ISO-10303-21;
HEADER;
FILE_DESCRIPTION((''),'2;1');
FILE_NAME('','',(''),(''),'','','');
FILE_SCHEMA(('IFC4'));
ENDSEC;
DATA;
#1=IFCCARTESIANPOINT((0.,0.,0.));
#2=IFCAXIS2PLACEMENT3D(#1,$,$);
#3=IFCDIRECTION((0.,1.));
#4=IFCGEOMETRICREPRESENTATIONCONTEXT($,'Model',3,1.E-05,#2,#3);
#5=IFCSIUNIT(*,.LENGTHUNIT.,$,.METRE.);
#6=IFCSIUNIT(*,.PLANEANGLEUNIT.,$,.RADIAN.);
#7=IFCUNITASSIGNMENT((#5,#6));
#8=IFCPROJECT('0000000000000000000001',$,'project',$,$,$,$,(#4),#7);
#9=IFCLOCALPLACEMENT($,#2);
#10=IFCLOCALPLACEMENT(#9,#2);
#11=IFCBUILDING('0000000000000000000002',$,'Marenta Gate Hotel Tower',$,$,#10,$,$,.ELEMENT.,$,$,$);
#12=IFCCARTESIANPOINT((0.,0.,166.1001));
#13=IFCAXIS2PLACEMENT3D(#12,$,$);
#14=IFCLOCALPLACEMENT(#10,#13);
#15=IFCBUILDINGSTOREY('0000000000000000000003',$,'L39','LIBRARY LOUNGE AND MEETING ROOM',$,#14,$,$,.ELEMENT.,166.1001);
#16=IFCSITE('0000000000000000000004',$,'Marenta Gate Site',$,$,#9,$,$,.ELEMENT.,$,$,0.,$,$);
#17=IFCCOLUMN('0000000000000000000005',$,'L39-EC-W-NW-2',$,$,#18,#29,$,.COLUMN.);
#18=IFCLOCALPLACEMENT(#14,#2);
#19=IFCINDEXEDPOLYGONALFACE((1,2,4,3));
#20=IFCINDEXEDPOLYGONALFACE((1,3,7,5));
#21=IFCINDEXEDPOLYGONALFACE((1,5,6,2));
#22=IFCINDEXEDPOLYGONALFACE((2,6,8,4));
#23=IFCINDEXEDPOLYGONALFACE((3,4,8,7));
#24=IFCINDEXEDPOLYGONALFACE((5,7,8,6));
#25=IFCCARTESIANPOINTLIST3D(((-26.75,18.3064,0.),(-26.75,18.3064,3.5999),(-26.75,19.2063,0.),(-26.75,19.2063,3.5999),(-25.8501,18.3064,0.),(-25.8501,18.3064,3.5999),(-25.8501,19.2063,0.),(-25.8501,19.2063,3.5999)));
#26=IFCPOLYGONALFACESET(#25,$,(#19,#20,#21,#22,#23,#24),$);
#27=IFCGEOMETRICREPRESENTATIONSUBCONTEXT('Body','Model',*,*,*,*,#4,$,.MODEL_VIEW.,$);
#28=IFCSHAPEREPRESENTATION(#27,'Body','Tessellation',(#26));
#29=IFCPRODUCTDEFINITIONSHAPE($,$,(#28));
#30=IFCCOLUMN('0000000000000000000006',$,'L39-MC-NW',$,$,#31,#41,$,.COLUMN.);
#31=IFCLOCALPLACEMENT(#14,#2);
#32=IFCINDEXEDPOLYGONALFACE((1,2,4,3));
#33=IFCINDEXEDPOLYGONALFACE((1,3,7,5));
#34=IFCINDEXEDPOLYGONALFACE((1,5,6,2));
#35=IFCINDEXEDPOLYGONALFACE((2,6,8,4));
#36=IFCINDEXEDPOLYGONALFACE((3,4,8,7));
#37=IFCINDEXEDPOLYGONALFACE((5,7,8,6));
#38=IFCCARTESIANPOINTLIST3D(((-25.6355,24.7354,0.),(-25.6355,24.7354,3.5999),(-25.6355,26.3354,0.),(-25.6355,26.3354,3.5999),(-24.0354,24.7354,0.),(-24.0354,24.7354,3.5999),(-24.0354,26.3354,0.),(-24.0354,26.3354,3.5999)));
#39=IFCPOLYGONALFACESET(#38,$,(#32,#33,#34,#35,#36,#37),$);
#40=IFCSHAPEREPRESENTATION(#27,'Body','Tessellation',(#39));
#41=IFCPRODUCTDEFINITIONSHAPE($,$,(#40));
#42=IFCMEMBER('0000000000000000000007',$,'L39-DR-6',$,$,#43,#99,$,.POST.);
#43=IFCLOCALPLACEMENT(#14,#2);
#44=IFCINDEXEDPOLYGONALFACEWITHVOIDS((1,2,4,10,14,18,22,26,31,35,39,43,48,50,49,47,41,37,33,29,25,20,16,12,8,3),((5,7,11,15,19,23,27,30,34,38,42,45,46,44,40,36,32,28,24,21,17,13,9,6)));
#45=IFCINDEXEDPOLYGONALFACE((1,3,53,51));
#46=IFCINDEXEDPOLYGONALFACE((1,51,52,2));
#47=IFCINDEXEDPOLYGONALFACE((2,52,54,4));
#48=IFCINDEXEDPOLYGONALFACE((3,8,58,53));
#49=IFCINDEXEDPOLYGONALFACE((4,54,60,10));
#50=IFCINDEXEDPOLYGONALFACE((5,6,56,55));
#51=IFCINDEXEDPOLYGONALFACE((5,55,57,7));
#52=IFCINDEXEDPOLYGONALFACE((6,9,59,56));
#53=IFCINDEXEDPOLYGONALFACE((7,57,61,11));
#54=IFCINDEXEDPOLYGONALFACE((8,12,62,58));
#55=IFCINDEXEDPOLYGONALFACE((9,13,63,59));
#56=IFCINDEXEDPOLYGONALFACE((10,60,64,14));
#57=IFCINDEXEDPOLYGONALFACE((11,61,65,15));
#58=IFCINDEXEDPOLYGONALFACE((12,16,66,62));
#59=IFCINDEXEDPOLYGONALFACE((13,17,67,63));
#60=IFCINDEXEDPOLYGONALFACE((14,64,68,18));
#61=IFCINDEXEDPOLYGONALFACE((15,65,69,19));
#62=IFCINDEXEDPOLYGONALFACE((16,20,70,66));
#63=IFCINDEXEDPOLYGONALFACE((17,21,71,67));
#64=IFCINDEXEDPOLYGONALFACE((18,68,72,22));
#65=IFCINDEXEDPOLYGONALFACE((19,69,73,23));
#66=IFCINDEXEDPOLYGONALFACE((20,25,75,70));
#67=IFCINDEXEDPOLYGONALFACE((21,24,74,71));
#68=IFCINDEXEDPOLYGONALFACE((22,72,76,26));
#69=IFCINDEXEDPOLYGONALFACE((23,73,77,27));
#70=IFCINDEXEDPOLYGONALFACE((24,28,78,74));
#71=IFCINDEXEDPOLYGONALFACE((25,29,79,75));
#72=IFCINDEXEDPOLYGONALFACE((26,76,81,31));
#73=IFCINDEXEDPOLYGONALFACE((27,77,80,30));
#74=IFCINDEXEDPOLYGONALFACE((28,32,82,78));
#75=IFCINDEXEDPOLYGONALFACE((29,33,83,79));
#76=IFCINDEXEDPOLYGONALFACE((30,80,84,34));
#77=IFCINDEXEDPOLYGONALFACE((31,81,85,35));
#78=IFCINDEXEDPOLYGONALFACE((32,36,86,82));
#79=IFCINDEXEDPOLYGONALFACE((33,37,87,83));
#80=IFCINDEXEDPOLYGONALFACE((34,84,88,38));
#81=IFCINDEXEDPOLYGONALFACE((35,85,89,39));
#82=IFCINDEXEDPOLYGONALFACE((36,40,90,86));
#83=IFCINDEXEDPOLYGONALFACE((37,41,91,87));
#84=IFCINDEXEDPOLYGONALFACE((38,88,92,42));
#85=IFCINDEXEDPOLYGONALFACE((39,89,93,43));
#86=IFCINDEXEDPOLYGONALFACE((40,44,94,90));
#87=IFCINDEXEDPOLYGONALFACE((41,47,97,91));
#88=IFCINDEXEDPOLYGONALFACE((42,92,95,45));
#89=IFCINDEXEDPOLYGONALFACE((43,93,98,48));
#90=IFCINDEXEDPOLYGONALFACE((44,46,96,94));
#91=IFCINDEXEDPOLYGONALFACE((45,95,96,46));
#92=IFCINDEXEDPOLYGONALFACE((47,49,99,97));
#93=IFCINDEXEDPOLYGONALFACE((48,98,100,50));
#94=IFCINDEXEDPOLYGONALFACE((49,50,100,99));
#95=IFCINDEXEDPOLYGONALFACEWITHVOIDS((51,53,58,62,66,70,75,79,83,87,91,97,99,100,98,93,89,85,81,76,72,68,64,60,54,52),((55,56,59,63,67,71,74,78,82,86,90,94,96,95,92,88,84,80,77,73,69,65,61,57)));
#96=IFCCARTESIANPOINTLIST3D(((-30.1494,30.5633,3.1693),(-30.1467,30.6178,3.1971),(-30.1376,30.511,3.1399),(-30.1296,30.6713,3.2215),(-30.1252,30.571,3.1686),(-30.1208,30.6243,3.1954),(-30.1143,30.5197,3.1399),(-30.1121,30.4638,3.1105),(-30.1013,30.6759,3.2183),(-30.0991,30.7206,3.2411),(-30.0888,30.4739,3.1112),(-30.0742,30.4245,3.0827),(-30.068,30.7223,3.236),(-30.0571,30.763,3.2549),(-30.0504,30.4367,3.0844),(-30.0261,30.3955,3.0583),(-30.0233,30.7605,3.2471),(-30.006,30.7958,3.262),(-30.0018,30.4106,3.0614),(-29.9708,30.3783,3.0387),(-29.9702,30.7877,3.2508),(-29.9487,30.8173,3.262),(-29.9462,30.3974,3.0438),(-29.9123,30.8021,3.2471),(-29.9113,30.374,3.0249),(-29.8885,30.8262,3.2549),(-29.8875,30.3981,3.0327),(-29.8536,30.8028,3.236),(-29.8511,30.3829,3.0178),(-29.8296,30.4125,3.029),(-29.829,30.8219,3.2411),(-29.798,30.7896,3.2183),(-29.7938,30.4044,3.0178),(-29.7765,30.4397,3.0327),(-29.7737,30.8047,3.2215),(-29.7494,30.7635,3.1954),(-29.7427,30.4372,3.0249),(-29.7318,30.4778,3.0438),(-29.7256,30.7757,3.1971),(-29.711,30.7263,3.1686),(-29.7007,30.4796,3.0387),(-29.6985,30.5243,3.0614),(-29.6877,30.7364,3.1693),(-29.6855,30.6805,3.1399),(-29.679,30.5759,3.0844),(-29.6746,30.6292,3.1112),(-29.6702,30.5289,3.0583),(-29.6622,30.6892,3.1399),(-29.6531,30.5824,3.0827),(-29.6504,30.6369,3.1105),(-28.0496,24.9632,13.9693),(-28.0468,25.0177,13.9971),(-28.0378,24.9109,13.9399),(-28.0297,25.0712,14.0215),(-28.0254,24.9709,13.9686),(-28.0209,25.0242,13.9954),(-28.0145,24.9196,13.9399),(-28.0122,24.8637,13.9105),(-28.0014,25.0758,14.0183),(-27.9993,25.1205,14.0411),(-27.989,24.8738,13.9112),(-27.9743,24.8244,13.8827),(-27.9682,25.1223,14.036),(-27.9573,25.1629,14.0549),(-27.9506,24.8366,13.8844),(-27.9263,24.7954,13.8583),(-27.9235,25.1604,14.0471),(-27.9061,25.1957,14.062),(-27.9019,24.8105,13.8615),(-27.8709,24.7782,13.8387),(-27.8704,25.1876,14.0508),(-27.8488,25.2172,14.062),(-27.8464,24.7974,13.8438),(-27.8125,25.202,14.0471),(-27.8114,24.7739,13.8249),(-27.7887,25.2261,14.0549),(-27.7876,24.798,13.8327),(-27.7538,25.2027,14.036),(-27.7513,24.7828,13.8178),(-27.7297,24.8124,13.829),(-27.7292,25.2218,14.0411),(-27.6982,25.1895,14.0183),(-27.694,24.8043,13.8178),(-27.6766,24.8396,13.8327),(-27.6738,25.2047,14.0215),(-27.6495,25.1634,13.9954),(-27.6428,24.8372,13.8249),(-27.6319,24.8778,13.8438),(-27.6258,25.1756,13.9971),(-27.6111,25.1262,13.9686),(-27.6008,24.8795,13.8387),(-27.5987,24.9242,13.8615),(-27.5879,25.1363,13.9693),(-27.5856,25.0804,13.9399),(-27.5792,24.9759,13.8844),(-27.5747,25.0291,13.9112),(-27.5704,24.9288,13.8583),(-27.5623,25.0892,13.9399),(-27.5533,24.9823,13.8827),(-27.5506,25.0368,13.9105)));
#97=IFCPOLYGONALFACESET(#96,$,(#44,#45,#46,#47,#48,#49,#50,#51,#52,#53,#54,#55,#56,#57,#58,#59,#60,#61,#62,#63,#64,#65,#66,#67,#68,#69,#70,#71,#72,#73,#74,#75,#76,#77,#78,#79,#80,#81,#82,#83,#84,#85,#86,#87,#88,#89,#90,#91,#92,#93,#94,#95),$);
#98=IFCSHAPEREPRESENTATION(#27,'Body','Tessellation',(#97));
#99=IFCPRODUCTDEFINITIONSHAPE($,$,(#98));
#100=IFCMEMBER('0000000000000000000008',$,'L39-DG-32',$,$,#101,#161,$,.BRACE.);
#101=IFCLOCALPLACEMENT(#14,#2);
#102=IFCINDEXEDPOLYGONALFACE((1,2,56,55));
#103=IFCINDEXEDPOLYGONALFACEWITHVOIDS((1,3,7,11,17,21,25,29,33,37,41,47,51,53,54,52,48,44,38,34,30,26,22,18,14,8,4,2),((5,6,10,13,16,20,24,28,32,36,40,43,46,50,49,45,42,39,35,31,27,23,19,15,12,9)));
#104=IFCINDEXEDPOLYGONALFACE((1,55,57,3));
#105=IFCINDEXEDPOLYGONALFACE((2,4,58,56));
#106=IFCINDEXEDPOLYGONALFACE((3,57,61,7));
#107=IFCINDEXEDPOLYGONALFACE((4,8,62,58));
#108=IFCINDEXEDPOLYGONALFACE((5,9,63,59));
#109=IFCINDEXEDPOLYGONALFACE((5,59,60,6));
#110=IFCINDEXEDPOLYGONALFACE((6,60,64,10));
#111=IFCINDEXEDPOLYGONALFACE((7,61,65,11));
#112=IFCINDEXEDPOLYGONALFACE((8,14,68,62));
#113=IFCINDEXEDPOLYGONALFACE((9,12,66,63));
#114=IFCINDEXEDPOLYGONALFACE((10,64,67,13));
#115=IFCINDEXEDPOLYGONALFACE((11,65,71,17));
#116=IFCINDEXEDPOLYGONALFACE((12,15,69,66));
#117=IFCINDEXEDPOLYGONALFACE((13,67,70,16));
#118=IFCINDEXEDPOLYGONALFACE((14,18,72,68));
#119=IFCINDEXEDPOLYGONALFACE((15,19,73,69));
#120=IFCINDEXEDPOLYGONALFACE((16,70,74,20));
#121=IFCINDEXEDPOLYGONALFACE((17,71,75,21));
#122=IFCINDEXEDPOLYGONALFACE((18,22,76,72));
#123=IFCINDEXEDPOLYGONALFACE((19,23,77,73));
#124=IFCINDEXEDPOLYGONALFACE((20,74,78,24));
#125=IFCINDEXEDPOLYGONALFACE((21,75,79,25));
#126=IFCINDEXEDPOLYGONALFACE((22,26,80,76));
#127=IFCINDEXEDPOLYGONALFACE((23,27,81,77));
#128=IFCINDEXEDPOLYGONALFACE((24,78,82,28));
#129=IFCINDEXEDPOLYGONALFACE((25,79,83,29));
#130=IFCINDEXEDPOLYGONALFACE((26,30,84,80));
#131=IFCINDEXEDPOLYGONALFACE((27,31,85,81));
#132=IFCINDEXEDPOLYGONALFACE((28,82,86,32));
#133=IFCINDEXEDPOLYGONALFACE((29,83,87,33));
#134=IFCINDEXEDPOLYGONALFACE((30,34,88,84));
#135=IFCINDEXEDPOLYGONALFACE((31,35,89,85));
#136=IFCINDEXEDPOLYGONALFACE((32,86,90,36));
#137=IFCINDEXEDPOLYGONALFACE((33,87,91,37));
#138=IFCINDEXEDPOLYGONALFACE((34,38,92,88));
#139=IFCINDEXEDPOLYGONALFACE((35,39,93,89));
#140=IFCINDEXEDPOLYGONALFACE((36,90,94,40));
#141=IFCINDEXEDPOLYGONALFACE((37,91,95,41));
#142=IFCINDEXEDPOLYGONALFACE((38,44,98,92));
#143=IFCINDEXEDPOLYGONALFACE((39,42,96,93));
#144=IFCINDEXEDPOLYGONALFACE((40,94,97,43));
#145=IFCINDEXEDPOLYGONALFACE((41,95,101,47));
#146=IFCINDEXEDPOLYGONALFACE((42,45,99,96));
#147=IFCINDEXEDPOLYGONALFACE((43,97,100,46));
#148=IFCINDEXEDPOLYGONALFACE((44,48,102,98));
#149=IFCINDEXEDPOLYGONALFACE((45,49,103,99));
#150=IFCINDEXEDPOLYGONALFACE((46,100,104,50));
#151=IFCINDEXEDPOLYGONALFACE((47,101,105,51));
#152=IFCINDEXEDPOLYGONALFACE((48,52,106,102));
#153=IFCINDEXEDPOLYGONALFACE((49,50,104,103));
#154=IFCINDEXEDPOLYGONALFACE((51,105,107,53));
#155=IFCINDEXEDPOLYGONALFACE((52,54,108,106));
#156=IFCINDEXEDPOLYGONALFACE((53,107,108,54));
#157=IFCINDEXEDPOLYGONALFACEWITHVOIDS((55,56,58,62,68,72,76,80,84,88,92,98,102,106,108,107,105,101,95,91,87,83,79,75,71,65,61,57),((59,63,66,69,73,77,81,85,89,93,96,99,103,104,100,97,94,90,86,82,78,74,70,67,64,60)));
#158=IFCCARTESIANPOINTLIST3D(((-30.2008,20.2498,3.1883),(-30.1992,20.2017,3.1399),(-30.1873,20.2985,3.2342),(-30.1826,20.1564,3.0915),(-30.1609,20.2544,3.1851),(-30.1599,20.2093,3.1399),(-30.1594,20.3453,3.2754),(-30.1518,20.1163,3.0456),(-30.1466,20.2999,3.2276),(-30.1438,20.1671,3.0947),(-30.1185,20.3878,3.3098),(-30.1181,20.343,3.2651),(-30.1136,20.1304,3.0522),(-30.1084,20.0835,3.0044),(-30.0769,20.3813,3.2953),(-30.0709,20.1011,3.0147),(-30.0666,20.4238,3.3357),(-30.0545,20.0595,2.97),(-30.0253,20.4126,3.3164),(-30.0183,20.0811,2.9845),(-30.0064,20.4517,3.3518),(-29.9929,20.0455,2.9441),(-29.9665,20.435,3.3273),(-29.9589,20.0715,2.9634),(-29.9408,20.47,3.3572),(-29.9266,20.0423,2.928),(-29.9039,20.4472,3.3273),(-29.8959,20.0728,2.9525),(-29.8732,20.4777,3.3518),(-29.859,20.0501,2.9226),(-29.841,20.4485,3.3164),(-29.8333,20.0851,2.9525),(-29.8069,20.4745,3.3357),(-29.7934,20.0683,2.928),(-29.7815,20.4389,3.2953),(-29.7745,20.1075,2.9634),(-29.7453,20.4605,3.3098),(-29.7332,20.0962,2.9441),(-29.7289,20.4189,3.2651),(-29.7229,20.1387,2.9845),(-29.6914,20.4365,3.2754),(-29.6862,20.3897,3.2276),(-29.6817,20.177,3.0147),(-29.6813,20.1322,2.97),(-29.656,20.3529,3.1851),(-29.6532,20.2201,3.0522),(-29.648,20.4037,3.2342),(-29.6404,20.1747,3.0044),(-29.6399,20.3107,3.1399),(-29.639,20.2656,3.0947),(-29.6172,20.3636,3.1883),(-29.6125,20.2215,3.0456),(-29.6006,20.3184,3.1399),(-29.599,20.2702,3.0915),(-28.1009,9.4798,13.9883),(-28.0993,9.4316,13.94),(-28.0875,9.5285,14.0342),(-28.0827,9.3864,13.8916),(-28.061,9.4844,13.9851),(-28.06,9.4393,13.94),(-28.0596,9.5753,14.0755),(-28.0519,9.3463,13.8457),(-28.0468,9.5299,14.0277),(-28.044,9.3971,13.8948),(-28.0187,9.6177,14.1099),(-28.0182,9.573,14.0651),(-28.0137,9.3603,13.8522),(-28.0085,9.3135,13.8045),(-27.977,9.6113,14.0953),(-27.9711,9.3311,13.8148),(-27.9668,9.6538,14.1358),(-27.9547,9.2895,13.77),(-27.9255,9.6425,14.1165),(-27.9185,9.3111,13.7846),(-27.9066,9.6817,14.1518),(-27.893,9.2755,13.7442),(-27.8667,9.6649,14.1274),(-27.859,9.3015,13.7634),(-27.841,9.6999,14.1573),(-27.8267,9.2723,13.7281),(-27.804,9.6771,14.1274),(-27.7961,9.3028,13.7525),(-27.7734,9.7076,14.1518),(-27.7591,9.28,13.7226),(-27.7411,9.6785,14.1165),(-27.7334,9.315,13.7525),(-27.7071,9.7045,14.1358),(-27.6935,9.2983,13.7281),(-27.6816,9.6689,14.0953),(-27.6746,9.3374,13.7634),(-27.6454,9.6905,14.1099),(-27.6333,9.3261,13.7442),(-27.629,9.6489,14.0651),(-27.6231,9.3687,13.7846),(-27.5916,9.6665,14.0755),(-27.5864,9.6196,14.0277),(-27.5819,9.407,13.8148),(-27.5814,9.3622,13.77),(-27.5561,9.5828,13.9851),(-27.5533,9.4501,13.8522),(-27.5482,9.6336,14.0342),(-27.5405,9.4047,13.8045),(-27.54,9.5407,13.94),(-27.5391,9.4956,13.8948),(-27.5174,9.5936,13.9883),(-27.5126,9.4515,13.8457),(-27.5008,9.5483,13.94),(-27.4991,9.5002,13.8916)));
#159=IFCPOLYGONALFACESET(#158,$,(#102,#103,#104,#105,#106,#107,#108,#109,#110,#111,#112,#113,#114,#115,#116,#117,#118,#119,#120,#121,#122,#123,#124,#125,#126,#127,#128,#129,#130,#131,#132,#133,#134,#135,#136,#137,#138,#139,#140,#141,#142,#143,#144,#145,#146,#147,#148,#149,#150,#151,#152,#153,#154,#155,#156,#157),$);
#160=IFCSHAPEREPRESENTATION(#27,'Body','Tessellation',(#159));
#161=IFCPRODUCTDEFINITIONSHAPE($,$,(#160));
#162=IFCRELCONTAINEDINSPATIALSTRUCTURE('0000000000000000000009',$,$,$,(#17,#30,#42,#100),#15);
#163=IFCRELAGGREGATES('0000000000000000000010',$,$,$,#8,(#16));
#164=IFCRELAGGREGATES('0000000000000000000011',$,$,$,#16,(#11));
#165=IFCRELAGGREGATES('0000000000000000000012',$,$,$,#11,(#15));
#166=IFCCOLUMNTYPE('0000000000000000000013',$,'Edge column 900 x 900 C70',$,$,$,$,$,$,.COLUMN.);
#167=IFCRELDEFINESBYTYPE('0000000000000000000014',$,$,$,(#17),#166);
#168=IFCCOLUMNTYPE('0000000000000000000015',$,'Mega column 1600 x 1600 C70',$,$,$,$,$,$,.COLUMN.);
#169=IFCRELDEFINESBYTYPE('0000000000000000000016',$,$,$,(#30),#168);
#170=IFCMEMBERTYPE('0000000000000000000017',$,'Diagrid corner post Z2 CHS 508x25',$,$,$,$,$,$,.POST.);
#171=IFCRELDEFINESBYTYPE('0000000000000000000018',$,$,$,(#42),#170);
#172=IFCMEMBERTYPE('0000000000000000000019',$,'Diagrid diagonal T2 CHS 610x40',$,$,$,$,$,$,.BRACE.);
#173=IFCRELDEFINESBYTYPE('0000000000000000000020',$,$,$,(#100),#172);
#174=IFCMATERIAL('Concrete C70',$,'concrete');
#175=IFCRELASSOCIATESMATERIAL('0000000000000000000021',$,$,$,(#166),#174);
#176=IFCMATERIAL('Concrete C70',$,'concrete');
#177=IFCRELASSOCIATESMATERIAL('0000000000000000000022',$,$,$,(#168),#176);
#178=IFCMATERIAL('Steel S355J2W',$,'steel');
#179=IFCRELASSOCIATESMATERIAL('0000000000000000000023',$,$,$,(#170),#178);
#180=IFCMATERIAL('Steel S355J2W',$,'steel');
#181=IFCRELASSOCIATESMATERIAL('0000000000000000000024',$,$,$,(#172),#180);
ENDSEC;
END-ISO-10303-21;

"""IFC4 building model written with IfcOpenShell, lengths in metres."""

from ifc_helpers import new_model, si_unit, direction, frame, origin, origin_2d, place, context, subcontext, project, spatial, rectangle, hollow_circle, extrude, material, material_profile, profile_set, type_object, element, save


model = new_model("IFC4")

# Units and contexts
model_context = context("Model", 3, precision=1e-05, world=origin(), true_north=direction((0.0, 1.0)))
body_context = subcontext(model_context, "Body", "Model", "MODEL_VIEW")
ifc_project = project(units=[si_unit("LENGTHUNIT", "METRE"), si_unit("PLANEANGLEUNIT", "RADIAN")], contexts=[model_context])

# Site, building, storey
site_placement = place(None, origin())
site = spatial("IfcSite", under=ifc_project, at=site_placement, Name="Marenta Gate Site", CompositionType="ELEMENT", RefElevation=0.0)
building_placement = place(site_placement, origin())
building = spatial("IfcBuilding", under=site, at=building_placement, Name="Marenta Gate Hotel Tower", CompositionType="ELEMENT")
storey_placement = place(building_placement, frame((0.0, 0.0, 166.1001)))
storey = spatial("IfcBuildingStorey", under=building, at=storey_placement, Name="L39", Description="LIBRARY LOUNGE AND MEETING ROOM", CompositionType="ELEMENT", Elevation=166.1001)

# Columns
ifc_material_1 = material(Name="Concrete C70", Category="concrete")
ifc_material_profile_1 = material_profile(ifc_material_1, rectangle(XDim=0.8999, YDim=0.8999, at=origin_2d()), Name="900 x 900")
ifc_profile_set_1 = profile_set([ifc_material_profile_1], Name="Concrete C70")
column_type_1 = type_object("IfcColumnType", Name="Edge column 900 x 900 C70", PredefinedType="COLUMN", material=ifc_profile_set_1)
column_1_placement = place(storey_placement, frame((-26.3, 18.7563, 0.0), z_axis=(0.0, 0.0, 1.0), x_axis=(1.0, 0.0, 0.0)))
element("IfcColumn", 1, at=column_1_placement, inside=storey, type_object=column_type_1, Name="L39-EC-W-NW-2", PredefinedType="COLUMN", context=body_context, shape_type="SweptSolid", body=[
    extrude(rectangle(XDim=0.8999, YDim=0.8999, at=origin_2d()), origin(), (0.0, 0.0, 1.0), 3.5999),
])
ifc_material_2 = material(Name="Concrete C70", Category="concrete")
ifc_material_profile_2 = material_profile(ifc_material_2, rectangle(XDim=1.6001, YDim=1.6001, at=origin_2d()), Name="1600 x 1600")
ifc_profile_set_2 = profile_set([ifc_material_profile_2], Name="Concrete C70")
column_type_2 = type_object("IfcColumnType", Name="Mega column 1600 x 1600 C70", PredefinedType="COLUMN", material=ifc_profile_set_2)
column_2_placement = place(storey_placement, frame((-24.8354, 25.5354, 0.0), z_axis=(0.0, 0.0, 1.0), x_axis=(1.0, 0.0, 0.0)))
element("IfcColumn", 2, at=column_2_placement, inside=storey, type_object=column_type_2, Name="L39-MC-NW", PredefinedType="COLUMN", context=body_context, shape_type="SweptSolid", body=[
    extrude(rectangle(XDim=1.6001, YDim=1.6001, at=origin_2d()), origin(), (0.0, 0.0, 1.0), 3.5999),
])

# Members
ifc_material_3 = material(Name="Steel S355J2W", Category="steel")
ifc_material_profile_3 = material_profile(ifc_material_3, hollow_circle(Radius=0.2539, WallThickness=0.0249, at=origin_2d()), Name="CHS 508x25")
ifc_profile_set_3 = profile_set([ifc_material_profile_3], Name="Steel S355J2W")
member_type_1 = type_object("IfcMemberType", Name="Diagrid corner post Z2 CHS 508x25", PredefinedType="POST", material=ifc_profile_set_3)
member_1_placement = place(storey_placement, frame((-29.8999, 30.6001, 3.1399), z_axis=(0.170091, -0.453614, 0.874816), x_axis=(0.936339, 0.351097, 0.0)))
element("IfcMember", 3, at=member_1_placement, inside=storey, type_object=member_type_1, Name="L39-DR-6", PredefinedType="POST", context=body_context, shape_type="SweptSolid", body=[
    extrude(hollow_circle(Radius=0.2539, WallThickness=0.0249, at=origin_2d()), origin(), (0.0, 0.0, 1.0), 12.3455),
])
ifc_material_4 = material(Name="Steel S355J2W", Category="steel")
ifc_material_profile_4 = material_profile(ifc_material_4, hollow_circle(Radius=0.3049, WallThickness=0.04, at=origin_2d()), Name="CHS 610x40")
ifc_profile_set_4 = profile_set([ifc_material_profile_4], Name="Steel S355J2W")
member_type_2 = type_object("IfcMemberType", Name="Diagrid diagonal T2 CHS 610x40", PredefinedType="BRACE", material=ifc_profile_set_4)
member_2_placement = place(storey_placement, frame((-29.8999, 20.26, 3.1399), z_axis=(0.136388, -0.699523, 0.701474), x_axis=(0.981518, 0.191369, 0.0)))
element("IfcMember", 4, at=member_2_placement, inside=storey, type_object=member_type_2, Name="L39-DG-32", PredefinedType="BRACE", context=body_context, shape_type="SweptSolid", body=[
    extrude(hollow_circle(Radius=0.3049, WallThickness=0.04, at=origin_2d()), origin(), (0.0, 0.0, 1.0), 15.3962),
])

save(model, "model.ifc")
